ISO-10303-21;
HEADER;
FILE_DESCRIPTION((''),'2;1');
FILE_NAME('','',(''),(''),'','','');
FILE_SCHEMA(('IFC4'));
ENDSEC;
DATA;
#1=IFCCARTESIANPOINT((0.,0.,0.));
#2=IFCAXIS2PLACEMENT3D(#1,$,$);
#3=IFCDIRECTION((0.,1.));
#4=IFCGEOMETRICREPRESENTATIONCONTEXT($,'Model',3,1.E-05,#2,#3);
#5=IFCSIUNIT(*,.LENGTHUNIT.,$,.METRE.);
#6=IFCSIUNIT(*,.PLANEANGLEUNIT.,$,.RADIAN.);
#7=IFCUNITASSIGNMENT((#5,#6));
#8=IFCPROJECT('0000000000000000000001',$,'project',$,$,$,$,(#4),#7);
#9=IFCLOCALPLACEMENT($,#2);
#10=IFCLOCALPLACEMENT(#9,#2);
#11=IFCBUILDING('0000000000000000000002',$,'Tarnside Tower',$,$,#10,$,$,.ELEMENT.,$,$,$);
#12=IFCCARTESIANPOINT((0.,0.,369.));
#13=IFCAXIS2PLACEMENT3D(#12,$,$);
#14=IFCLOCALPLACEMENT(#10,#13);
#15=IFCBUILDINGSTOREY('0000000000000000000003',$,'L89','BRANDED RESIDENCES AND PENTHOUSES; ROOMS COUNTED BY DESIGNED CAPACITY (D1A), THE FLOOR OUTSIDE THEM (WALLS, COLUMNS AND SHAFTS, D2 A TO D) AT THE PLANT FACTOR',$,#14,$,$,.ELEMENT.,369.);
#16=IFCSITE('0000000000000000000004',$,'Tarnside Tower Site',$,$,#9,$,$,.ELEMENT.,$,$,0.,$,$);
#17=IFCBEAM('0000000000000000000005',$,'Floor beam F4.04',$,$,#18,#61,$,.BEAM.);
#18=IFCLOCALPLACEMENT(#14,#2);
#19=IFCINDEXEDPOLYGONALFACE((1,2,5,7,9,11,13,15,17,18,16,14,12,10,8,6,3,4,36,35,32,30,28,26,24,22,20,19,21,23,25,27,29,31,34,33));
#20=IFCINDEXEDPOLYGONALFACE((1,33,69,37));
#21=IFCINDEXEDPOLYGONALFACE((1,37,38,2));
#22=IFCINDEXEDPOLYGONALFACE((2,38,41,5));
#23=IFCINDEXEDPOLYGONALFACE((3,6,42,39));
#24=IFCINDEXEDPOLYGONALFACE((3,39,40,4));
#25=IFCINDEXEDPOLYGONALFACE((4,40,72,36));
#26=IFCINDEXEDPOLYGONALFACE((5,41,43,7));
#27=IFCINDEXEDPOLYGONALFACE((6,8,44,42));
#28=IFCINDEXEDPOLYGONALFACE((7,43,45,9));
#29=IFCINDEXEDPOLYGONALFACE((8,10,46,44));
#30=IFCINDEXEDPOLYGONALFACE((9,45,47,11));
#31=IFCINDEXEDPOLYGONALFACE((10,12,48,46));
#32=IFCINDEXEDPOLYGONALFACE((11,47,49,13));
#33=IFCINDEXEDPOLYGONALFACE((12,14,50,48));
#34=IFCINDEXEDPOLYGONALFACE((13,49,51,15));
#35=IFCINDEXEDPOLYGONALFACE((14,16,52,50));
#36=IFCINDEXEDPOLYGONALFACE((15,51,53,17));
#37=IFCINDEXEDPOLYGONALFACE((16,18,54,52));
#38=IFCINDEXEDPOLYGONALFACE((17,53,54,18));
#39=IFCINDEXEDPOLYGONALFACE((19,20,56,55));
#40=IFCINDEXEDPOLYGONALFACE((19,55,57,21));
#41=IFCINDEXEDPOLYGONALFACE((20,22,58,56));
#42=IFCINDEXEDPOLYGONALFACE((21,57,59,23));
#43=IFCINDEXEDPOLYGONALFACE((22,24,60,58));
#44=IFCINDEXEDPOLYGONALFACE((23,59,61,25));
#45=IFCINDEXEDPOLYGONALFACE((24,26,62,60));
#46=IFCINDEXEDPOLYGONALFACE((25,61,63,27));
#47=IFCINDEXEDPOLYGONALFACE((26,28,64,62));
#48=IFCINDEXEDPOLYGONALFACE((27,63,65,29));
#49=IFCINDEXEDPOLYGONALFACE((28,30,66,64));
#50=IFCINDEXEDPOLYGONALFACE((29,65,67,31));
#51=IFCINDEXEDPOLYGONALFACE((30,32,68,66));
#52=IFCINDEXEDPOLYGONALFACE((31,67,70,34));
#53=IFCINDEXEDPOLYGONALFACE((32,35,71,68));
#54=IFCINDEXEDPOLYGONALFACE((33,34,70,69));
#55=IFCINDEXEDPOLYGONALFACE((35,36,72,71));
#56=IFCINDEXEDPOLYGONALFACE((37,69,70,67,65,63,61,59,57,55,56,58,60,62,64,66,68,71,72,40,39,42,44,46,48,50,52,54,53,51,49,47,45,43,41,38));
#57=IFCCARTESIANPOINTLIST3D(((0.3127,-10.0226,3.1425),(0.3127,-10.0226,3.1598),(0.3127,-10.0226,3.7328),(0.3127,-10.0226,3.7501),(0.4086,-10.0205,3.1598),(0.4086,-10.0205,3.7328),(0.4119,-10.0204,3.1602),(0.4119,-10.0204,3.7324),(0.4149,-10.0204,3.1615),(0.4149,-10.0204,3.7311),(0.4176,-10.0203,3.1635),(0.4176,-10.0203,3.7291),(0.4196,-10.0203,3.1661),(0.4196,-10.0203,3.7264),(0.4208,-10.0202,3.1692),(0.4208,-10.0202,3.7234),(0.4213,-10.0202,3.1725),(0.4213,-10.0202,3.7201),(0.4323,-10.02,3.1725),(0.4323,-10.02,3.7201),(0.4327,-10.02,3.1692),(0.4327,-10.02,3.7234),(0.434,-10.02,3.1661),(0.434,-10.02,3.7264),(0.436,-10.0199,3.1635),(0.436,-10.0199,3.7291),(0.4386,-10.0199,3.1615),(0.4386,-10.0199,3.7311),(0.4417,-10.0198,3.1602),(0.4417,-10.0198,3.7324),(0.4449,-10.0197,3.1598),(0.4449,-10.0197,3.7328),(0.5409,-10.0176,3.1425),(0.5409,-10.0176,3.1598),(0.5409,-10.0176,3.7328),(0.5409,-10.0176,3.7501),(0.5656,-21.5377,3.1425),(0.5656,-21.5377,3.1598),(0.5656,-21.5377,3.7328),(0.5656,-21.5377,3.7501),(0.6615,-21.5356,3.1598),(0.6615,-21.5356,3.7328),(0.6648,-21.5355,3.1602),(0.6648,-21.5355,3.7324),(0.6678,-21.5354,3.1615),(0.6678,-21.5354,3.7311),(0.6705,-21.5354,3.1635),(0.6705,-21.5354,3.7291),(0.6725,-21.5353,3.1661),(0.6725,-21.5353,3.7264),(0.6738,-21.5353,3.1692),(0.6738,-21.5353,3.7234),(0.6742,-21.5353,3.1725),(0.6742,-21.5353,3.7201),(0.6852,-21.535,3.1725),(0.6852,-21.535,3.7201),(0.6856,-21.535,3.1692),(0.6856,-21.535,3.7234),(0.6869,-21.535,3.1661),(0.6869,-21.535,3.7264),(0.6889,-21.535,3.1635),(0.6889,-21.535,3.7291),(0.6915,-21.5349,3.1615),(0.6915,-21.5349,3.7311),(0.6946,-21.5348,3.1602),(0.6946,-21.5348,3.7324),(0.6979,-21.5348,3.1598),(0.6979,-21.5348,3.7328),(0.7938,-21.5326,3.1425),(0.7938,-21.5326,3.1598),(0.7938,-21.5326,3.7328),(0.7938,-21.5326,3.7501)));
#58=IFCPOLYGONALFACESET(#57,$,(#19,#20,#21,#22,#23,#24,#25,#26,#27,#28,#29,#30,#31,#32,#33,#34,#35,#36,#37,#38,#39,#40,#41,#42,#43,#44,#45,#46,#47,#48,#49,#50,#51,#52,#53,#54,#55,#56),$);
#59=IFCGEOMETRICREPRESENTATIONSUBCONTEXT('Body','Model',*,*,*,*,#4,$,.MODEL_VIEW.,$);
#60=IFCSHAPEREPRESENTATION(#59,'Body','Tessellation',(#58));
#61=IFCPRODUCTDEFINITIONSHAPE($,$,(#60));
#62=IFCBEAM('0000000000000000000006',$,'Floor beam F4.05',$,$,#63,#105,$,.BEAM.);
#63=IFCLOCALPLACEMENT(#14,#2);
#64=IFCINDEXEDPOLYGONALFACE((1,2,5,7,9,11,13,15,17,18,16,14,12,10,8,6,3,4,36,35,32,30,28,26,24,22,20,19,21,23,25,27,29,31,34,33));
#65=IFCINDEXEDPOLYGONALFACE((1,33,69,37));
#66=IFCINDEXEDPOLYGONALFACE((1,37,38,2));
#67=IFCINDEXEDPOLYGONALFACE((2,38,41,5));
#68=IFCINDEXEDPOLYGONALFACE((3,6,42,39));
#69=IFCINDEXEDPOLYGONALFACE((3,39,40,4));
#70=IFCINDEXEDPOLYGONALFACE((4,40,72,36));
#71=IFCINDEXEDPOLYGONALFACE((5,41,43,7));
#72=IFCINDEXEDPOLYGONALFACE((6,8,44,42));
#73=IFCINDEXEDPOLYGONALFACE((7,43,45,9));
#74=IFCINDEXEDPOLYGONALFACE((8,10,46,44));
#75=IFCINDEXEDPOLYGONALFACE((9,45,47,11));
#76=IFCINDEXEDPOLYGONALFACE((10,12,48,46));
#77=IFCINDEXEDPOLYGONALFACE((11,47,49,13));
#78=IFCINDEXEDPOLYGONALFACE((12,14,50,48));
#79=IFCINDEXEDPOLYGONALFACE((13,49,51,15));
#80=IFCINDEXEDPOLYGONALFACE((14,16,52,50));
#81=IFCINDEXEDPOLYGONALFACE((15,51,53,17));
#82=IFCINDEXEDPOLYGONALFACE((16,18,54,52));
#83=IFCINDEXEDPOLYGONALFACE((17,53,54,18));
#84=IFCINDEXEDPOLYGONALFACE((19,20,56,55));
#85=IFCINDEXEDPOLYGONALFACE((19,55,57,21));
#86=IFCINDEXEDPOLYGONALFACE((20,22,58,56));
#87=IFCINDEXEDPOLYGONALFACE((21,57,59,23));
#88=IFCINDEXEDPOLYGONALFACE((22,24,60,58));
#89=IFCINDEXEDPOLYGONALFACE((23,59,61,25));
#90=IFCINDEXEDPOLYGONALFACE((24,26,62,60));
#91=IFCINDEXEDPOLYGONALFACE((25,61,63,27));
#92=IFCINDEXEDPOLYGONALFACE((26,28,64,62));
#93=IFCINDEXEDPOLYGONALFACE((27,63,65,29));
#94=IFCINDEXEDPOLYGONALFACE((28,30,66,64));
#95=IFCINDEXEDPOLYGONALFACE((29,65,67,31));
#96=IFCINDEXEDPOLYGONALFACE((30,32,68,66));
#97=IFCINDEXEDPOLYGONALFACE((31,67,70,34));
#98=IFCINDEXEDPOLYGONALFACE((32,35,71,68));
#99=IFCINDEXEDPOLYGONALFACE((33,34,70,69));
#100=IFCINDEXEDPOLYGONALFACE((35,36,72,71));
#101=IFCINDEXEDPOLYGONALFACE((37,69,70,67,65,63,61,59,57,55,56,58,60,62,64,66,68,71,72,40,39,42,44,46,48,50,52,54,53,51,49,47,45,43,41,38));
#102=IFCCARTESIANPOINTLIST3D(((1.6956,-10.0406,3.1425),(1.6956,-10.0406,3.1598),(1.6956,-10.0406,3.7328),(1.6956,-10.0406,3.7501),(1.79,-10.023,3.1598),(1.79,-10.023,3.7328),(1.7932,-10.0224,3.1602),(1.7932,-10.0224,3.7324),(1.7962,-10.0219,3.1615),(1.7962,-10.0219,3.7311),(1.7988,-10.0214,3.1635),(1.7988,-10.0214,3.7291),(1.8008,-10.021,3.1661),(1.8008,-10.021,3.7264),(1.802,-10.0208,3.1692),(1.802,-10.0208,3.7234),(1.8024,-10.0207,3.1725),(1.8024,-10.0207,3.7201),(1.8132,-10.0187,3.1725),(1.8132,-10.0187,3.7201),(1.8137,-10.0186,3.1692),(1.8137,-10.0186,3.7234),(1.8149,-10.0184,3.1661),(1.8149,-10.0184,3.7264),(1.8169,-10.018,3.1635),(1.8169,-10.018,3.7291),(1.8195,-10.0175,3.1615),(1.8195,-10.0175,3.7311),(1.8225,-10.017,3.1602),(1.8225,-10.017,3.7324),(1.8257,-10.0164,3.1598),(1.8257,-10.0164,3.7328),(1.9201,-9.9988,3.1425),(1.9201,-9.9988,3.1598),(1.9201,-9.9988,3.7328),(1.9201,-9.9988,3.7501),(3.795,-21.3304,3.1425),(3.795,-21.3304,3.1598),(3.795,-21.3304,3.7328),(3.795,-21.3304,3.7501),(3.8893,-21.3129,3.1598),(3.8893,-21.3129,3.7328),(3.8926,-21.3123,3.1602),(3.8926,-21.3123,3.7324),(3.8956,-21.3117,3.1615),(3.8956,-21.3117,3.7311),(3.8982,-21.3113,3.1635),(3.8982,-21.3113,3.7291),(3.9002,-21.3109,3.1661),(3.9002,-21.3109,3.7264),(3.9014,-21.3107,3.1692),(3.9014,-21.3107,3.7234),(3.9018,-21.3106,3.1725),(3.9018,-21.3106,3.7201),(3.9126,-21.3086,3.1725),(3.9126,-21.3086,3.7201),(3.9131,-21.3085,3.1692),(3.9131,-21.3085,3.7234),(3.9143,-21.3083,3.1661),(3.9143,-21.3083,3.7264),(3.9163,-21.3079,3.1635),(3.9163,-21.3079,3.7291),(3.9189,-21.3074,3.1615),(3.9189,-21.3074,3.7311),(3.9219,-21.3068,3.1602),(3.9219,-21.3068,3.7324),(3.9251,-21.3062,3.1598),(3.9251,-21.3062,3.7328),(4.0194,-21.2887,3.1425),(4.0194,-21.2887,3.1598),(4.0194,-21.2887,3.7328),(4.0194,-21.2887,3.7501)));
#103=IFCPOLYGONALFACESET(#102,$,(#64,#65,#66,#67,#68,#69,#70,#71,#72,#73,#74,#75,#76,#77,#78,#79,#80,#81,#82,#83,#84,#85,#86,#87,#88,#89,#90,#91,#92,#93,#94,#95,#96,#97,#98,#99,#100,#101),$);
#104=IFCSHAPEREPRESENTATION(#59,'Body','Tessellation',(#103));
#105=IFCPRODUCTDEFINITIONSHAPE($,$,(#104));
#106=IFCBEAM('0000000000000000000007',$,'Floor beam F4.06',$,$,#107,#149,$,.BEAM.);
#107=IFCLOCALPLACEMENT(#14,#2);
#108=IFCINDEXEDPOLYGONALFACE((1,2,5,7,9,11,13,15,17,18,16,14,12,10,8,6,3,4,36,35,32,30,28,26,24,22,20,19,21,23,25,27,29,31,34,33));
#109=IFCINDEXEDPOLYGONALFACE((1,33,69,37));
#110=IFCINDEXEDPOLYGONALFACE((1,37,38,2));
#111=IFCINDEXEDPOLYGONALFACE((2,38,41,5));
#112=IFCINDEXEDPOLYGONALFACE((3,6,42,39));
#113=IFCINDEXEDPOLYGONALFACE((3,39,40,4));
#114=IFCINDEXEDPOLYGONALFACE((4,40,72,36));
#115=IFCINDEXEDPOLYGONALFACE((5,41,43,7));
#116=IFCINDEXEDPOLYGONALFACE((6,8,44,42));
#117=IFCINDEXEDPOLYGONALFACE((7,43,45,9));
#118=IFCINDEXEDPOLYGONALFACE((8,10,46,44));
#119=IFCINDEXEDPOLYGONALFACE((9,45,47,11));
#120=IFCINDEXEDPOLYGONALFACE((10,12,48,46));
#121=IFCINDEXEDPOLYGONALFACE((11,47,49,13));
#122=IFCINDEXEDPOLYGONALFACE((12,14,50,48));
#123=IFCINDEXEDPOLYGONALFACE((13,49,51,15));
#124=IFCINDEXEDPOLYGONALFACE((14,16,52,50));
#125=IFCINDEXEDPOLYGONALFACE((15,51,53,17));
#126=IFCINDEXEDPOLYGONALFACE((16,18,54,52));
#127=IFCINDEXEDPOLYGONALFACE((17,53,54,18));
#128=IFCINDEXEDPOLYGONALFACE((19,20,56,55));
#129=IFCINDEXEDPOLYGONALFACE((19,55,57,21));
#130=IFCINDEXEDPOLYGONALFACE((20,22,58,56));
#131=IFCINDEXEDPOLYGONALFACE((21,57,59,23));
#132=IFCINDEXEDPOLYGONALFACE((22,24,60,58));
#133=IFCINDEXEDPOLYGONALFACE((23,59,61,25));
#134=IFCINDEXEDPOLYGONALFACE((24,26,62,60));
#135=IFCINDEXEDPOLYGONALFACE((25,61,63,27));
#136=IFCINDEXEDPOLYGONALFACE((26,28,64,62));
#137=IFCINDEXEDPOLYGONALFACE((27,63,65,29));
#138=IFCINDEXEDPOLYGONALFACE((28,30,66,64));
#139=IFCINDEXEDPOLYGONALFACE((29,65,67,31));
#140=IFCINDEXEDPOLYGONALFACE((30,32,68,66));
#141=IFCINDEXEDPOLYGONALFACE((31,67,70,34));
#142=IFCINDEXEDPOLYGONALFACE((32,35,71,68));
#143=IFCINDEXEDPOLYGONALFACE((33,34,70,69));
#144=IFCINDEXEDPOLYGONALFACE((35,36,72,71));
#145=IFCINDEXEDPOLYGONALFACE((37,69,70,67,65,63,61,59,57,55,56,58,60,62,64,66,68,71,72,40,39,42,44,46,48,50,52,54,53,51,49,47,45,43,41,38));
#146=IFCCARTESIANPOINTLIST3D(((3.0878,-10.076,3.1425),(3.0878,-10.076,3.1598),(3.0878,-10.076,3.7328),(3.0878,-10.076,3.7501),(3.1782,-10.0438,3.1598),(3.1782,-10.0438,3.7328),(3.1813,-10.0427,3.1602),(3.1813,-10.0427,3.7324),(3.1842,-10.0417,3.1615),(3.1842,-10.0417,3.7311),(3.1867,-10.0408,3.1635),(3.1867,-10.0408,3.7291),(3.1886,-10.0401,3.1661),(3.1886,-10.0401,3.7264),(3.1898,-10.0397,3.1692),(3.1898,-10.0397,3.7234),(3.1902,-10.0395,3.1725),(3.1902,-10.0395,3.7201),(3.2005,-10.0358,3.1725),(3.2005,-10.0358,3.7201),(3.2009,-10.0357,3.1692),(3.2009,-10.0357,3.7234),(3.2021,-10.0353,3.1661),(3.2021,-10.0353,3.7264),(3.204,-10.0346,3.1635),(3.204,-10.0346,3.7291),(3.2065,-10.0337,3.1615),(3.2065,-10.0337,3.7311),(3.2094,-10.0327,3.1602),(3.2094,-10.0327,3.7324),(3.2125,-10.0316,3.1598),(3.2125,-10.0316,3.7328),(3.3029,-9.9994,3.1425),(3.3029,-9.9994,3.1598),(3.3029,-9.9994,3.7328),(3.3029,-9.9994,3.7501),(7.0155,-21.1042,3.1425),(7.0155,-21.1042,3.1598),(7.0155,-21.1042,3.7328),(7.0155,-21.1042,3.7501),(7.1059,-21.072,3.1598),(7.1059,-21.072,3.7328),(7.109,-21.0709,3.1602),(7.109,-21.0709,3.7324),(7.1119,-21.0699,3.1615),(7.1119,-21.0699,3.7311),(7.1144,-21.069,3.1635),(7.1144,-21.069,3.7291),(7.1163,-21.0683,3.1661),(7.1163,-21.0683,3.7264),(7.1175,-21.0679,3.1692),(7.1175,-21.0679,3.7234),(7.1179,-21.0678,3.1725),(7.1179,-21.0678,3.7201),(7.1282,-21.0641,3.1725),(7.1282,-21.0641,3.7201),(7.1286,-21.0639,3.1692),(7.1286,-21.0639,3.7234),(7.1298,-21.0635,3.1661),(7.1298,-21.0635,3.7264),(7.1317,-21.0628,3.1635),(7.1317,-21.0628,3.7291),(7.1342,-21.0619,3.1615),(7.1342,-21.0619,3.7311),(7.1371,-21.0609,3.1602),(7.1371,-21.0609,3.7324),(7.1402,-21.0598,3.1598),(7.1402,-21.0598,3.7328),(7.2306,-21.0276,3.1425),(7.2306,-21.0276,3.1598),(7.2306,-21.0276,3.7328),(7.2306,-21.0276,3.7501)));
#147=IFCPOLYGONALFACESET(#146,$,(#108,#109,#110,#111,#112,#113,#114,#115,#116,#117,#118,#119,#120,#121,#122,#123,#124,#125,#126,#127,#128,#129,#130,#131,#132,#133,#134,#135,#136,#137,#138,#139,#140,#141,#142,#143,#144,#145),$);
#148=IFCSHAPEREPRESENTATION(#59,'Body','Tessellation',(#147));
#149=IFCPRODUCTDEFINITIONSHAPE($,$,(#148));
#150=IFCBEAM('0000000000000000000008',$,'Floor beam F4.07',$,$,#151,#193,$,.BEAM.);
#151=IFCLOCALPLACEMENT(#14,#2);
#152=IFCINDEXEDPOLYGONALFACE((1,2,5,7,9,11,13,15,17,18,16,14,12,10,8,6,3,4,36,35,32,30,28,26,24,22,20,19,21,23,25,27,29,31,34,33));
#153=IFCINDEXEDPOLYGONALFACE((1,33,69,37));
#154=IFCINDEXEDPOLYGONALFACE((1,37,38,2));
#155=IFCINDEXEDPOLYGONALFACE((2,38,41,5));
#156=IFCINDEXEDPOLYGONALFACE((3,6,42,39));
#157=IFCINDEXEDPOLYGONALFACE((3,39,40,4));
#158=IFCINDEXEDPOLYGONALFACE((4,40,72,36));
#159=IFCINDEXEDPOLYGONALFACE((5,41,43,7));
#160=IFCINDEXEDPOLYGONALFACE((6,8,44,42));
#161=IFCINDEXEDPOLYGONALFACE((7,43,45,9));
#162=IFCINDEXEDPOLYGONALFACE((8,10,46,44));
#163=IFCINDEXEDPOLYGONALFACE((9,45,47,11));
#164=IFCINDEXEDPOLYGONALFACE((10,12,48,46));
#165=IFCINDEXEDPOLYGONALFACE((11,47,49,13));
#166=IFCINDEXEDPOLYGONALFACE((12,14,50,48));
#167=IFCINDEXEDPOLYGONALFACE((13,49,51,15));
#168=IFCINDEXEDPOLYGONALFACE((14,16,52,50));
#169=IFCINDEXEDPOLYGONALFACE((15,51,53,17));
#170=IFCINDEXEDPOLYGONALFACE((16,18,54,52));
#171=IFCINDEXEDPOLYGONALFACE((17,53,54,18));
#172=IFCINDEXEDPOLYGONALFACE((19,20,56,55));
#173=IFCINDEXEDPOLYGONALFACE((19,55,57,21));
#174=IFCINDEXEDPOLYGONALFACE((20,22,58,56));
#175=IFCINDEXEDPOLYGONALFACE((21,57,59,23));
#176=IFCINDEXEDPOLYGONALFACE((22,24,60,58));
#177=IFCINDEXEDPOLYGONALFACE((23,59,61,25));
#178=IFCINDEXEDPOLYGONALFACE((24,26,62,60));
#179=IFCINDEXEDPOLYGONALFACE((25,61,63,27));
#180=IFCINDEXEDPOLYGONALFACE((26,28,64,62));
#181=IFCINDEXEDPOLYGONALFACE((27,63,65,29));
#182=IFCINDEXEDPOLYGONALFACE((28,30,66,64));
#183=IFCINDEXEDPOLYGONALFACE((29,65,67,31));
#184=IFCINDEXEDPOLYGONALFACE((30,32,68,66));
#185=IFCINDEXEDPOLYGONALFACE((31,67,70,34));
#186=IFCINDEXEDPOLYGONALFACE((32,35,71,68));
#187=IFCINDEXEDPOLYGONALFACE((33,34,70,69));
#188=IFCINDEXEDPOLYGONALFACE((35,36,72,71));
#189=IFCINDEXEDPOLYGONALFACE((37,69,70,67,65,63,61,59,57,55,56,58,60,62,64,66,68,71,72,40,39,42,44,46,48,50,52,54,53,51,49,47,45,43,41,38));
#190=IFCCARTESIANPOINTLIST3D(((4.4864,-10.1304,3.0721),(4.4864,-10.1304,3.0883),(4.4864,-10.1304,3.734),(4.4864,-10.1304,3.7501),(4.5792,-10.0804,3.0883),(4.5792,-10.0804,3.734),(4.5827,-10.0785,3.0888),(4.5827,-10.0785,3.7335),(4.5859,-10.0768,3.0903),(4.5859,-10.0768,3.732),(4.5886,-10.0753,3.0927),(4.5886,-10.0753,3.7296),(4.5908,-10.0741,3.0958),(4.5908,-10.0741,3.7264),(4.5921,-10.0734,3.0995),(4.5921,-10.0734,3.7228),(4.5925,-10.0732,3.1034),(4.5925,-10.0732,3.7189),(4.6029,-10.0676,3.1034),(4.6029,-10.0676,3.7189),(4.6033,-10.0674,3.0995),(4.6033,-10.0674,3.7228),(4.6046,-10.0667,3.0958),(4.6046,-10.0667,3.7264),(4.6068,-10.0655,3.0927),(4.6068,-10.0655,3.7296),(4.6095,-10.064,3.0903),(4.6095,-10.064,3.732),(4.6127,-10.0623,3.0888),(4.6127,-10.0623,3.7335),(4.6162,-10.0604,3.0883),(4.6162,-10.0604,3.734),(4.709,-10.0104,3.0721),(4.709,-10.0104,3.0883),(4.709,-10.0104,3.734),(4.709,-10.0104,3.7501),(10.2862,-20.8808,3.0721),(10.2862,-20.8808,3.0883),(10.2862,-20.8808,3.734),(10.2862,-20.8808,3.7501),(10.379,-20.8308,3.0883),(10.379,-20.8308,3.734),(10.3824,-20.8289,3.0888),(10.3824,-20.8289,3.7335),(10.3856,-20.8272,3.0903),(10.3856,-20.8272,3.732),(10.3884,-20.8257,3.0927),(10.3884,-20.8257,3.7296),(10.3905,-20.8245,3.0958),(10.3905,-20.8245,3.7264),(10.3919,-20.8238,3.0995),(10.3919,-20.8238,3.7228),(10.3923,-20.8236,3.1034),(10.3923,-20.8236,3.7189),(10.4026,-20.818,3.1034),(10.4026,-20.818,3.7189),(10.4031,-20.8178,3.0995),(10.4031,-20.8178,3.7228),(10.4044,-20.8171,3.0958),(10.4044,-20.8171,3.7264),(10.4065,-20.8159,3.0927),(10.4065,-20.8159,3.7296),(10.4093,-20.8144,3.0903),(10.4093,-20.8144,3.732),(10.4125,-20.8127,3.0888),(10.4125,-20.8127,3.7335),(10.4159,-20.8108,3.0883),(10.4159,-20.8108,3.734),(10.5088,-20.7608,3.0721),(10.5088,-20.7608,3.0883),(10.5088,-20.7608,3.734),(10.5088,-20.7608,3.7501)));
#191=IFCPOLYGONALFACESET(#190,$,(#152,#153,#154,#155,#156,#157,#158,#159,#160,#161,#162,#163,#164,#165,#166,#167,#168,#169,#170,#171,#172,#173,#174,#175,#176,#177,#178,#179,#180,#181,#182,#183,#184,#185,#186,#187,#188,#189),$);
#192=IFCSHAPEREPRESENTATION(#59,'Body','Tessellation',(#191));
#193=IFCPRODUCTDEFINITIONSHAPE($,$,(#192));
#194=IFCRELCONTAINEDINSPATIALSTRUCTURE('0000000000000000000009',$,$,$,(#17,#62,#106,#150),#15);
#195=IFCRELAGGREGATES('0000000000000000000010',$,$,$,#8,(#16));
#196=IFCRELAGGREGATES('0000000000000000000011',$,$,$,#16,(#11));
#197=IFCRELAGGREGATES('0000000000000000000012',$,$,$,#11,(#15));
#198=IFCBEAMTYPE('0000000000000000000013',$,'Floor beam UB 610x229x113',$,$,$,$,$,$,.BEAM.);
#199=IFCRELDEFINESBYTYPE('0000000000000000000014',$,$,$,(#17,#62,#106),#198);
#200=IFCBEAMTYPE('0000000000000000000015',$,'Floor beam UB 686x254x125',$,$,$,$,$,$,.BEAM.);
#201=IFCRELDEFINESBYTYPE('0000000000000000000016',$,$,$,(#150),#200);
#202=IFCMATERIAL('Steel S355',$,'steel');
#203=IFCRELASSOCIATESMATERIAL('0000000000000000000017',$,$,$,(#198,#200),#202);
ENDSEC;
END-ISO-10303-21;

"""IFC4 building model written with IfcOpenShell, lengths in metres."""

from ifc_helpers import new_model, si_unit, direction, frame, origin, origin_2d, place, context, subcontext, project, spatial, i_section, extrude, material, material_profile, profile_set, type_object, element, save


model = new_model("IFC4")

# Units and contexts
model_context = context("Model", 3, precision=1e-05, world=origin(), true_north=direction((0.0, 1.0)))
body_context = subcontext(model_context, "Body", "Model", "MODEL_VIEW")
ifc_project = project(units=[si_unit("LENGTHUNIT", "METRE"), si_unit("PLANEANGLEUNIT", "RADIAN")], contexts=[model_context])

# Site, building, storey
site_placement = place(None, origin())
site = spatial("IfcSite", under=ifc_project, at=site_placement, Name="Tarnside Tower Site", CompositionType="ELEMENT", RefElevation=0.0)
building_placement = place(site_placement, origin())
building = spatial("IfcBuilding", under=site, at=building_placement, Name="Tarnside Tower", CompositionType="ELEMENT")
storey_placement = place(building_placement, frame((0.0, 0.0, 369.0)))
storey = spatial("IfcBuildingStorey", under=building, at=storey_placement, Name="L89", Description="BRANDED RESIDENCES AND PENTHOUSES; ROOMS COUNTED BY DESIGNED CAPACITY (D1A), THE FLOOR OUTSIDE THEM (WALLS, COLUMNS AND SHAFTS, D2 A TO D) AT THE PLANT FACTOR", CompositionType="ELEMENT", Elevation=369.0)

# Beams
ifc_material_1 = material(Name="Steel S355", Category="steel")
ifc_material_profile_1 = material_profile(ifc_material_1, i_section(OverallWidth=0.2283, OverallDepth=0.6077, WebThickness=0.011, FlangeThickness=0.0173, FilletRadius=0.0127, at=origin_2d()), Name="UB 610x229x113")
ifc_profile_set_1 = profile_set([ifc_material_profile_1], Name="Steel S355")
beam_type_1 = type_object("IfcBeamType", Name="Floor beam UB 610x229x113", PredefinedType="BEAM", material=ifc_profile_set_1)
beam_1_placement = place(storey_placement, frame((0.6797, -21.5352, 3.4463), z_axis=(-0.02196, 0.999759, 0.0), x_axis=(-0.999759, -0.02196, 0.0)))
element("IfcBeam", 1, at=beam_1_placement, inside=storey, type_object=beam_type_1, Name="Floor beam F4.04", PredefinedType="BEAM", context=body_context, shape_type="SweptSolid", body=[
    extrude(i_section(OverallWidth=0.2283, OverallDepth=0.6077, WebThickness=0.011, FlangeThickness=0.0173, FilletRadius=0.0127, at=origin_2d()), origin(), (0.0, 0.0, 1.0), 11.5178),
])
beam_2_placement = place(storey_placement, frame((3.9072, -21.3096, 3.4463), z_axis=(-0.182819, 0.983147, 0.0), x_axis=(-0.983147, -0.182819, 0.0)))
element("IfcBeam", 2, at=beam_2_placement, inside=storey, type_object=beam_type_1, Name="Floor beam F4.05", PredefinedType="BEAM", context=body_context, shape_type="SweptSolid", body=[
    extrude(i_section(OverallWidth=0.2283, OverallDepth=0.6077, WebThickness=0.011, FlangeThickness=0.0173, FilletRadius=0.0127, at=origin_2d()), origin(), (0.0, 0.0, 1.0), 11.4834),
])
beam_3_placement = place(storey_placement, frame((7.123, -21.0659, 3.4463), z_axis=(-0.335507, 0.942038, 0.0), x_axis=(-0.942038, -0.335507, 0.0)))
element("IfcBeam", 3, at=beam_3_placement, inside=storey, type_object=beam_type_1, Name="Floor beam F4.06", PredefinedType="BEAM", context=body_context, shape_type="SweptSolid", body=[
    extrude(i_section(OverallWidth=0.2283, OverallDepth=0.6077, WebThickness=0.011, FlangeThickness=0.0173, FilletRadius=0.0127, at=origin_2d()), origin(), (0.0, 0.0, 1.0), 11.7068),
])
ifc_material_profile_2 = material_profile(ifc_material_1, i_section(OverallWidth=0.2529, OverallDepth=0.678, WebThickness=0.0117, FlangeThickness=0.0161, FilletRadius=0.0151, at=origin_2d()), Name="UB 686x254x125")
ifc_profile_set_2 = profile_set([ifc_material_profile_2], Name="Steel S355")
beam_type_2 = type_object("IfcBeamType", Name="Floor beam UB 686x254x125", PredefinedType="BEAM", material=ifc_profile_set_2)
beam_4_placement = place(storey_placement, frame((10.3975, -20.8208, 3.4111), z_axis=(-0.474803, 0.880092, 0.0), x_axis=(-0.880092, -0.474803, 0.0)))
element("IfcBeam", 4, at=beam_4_placement, inside=storey, type_object=beam_type_2, Name="Floor beam F4.07", PredefinedType="BEAM", context=body_context, shape_type="SweptSolid", body=[
    extrude(i_section(OverallWidth=0.2529, OverallDepth=0.678, WebThickness=0.0117, FlangeThickness=0.0161, FilletRadius=0.0151, at=origin_2d()), origin(), (0.0, 0.0, 1.0), 12.2151),
])

save(model, "model.ifc")
